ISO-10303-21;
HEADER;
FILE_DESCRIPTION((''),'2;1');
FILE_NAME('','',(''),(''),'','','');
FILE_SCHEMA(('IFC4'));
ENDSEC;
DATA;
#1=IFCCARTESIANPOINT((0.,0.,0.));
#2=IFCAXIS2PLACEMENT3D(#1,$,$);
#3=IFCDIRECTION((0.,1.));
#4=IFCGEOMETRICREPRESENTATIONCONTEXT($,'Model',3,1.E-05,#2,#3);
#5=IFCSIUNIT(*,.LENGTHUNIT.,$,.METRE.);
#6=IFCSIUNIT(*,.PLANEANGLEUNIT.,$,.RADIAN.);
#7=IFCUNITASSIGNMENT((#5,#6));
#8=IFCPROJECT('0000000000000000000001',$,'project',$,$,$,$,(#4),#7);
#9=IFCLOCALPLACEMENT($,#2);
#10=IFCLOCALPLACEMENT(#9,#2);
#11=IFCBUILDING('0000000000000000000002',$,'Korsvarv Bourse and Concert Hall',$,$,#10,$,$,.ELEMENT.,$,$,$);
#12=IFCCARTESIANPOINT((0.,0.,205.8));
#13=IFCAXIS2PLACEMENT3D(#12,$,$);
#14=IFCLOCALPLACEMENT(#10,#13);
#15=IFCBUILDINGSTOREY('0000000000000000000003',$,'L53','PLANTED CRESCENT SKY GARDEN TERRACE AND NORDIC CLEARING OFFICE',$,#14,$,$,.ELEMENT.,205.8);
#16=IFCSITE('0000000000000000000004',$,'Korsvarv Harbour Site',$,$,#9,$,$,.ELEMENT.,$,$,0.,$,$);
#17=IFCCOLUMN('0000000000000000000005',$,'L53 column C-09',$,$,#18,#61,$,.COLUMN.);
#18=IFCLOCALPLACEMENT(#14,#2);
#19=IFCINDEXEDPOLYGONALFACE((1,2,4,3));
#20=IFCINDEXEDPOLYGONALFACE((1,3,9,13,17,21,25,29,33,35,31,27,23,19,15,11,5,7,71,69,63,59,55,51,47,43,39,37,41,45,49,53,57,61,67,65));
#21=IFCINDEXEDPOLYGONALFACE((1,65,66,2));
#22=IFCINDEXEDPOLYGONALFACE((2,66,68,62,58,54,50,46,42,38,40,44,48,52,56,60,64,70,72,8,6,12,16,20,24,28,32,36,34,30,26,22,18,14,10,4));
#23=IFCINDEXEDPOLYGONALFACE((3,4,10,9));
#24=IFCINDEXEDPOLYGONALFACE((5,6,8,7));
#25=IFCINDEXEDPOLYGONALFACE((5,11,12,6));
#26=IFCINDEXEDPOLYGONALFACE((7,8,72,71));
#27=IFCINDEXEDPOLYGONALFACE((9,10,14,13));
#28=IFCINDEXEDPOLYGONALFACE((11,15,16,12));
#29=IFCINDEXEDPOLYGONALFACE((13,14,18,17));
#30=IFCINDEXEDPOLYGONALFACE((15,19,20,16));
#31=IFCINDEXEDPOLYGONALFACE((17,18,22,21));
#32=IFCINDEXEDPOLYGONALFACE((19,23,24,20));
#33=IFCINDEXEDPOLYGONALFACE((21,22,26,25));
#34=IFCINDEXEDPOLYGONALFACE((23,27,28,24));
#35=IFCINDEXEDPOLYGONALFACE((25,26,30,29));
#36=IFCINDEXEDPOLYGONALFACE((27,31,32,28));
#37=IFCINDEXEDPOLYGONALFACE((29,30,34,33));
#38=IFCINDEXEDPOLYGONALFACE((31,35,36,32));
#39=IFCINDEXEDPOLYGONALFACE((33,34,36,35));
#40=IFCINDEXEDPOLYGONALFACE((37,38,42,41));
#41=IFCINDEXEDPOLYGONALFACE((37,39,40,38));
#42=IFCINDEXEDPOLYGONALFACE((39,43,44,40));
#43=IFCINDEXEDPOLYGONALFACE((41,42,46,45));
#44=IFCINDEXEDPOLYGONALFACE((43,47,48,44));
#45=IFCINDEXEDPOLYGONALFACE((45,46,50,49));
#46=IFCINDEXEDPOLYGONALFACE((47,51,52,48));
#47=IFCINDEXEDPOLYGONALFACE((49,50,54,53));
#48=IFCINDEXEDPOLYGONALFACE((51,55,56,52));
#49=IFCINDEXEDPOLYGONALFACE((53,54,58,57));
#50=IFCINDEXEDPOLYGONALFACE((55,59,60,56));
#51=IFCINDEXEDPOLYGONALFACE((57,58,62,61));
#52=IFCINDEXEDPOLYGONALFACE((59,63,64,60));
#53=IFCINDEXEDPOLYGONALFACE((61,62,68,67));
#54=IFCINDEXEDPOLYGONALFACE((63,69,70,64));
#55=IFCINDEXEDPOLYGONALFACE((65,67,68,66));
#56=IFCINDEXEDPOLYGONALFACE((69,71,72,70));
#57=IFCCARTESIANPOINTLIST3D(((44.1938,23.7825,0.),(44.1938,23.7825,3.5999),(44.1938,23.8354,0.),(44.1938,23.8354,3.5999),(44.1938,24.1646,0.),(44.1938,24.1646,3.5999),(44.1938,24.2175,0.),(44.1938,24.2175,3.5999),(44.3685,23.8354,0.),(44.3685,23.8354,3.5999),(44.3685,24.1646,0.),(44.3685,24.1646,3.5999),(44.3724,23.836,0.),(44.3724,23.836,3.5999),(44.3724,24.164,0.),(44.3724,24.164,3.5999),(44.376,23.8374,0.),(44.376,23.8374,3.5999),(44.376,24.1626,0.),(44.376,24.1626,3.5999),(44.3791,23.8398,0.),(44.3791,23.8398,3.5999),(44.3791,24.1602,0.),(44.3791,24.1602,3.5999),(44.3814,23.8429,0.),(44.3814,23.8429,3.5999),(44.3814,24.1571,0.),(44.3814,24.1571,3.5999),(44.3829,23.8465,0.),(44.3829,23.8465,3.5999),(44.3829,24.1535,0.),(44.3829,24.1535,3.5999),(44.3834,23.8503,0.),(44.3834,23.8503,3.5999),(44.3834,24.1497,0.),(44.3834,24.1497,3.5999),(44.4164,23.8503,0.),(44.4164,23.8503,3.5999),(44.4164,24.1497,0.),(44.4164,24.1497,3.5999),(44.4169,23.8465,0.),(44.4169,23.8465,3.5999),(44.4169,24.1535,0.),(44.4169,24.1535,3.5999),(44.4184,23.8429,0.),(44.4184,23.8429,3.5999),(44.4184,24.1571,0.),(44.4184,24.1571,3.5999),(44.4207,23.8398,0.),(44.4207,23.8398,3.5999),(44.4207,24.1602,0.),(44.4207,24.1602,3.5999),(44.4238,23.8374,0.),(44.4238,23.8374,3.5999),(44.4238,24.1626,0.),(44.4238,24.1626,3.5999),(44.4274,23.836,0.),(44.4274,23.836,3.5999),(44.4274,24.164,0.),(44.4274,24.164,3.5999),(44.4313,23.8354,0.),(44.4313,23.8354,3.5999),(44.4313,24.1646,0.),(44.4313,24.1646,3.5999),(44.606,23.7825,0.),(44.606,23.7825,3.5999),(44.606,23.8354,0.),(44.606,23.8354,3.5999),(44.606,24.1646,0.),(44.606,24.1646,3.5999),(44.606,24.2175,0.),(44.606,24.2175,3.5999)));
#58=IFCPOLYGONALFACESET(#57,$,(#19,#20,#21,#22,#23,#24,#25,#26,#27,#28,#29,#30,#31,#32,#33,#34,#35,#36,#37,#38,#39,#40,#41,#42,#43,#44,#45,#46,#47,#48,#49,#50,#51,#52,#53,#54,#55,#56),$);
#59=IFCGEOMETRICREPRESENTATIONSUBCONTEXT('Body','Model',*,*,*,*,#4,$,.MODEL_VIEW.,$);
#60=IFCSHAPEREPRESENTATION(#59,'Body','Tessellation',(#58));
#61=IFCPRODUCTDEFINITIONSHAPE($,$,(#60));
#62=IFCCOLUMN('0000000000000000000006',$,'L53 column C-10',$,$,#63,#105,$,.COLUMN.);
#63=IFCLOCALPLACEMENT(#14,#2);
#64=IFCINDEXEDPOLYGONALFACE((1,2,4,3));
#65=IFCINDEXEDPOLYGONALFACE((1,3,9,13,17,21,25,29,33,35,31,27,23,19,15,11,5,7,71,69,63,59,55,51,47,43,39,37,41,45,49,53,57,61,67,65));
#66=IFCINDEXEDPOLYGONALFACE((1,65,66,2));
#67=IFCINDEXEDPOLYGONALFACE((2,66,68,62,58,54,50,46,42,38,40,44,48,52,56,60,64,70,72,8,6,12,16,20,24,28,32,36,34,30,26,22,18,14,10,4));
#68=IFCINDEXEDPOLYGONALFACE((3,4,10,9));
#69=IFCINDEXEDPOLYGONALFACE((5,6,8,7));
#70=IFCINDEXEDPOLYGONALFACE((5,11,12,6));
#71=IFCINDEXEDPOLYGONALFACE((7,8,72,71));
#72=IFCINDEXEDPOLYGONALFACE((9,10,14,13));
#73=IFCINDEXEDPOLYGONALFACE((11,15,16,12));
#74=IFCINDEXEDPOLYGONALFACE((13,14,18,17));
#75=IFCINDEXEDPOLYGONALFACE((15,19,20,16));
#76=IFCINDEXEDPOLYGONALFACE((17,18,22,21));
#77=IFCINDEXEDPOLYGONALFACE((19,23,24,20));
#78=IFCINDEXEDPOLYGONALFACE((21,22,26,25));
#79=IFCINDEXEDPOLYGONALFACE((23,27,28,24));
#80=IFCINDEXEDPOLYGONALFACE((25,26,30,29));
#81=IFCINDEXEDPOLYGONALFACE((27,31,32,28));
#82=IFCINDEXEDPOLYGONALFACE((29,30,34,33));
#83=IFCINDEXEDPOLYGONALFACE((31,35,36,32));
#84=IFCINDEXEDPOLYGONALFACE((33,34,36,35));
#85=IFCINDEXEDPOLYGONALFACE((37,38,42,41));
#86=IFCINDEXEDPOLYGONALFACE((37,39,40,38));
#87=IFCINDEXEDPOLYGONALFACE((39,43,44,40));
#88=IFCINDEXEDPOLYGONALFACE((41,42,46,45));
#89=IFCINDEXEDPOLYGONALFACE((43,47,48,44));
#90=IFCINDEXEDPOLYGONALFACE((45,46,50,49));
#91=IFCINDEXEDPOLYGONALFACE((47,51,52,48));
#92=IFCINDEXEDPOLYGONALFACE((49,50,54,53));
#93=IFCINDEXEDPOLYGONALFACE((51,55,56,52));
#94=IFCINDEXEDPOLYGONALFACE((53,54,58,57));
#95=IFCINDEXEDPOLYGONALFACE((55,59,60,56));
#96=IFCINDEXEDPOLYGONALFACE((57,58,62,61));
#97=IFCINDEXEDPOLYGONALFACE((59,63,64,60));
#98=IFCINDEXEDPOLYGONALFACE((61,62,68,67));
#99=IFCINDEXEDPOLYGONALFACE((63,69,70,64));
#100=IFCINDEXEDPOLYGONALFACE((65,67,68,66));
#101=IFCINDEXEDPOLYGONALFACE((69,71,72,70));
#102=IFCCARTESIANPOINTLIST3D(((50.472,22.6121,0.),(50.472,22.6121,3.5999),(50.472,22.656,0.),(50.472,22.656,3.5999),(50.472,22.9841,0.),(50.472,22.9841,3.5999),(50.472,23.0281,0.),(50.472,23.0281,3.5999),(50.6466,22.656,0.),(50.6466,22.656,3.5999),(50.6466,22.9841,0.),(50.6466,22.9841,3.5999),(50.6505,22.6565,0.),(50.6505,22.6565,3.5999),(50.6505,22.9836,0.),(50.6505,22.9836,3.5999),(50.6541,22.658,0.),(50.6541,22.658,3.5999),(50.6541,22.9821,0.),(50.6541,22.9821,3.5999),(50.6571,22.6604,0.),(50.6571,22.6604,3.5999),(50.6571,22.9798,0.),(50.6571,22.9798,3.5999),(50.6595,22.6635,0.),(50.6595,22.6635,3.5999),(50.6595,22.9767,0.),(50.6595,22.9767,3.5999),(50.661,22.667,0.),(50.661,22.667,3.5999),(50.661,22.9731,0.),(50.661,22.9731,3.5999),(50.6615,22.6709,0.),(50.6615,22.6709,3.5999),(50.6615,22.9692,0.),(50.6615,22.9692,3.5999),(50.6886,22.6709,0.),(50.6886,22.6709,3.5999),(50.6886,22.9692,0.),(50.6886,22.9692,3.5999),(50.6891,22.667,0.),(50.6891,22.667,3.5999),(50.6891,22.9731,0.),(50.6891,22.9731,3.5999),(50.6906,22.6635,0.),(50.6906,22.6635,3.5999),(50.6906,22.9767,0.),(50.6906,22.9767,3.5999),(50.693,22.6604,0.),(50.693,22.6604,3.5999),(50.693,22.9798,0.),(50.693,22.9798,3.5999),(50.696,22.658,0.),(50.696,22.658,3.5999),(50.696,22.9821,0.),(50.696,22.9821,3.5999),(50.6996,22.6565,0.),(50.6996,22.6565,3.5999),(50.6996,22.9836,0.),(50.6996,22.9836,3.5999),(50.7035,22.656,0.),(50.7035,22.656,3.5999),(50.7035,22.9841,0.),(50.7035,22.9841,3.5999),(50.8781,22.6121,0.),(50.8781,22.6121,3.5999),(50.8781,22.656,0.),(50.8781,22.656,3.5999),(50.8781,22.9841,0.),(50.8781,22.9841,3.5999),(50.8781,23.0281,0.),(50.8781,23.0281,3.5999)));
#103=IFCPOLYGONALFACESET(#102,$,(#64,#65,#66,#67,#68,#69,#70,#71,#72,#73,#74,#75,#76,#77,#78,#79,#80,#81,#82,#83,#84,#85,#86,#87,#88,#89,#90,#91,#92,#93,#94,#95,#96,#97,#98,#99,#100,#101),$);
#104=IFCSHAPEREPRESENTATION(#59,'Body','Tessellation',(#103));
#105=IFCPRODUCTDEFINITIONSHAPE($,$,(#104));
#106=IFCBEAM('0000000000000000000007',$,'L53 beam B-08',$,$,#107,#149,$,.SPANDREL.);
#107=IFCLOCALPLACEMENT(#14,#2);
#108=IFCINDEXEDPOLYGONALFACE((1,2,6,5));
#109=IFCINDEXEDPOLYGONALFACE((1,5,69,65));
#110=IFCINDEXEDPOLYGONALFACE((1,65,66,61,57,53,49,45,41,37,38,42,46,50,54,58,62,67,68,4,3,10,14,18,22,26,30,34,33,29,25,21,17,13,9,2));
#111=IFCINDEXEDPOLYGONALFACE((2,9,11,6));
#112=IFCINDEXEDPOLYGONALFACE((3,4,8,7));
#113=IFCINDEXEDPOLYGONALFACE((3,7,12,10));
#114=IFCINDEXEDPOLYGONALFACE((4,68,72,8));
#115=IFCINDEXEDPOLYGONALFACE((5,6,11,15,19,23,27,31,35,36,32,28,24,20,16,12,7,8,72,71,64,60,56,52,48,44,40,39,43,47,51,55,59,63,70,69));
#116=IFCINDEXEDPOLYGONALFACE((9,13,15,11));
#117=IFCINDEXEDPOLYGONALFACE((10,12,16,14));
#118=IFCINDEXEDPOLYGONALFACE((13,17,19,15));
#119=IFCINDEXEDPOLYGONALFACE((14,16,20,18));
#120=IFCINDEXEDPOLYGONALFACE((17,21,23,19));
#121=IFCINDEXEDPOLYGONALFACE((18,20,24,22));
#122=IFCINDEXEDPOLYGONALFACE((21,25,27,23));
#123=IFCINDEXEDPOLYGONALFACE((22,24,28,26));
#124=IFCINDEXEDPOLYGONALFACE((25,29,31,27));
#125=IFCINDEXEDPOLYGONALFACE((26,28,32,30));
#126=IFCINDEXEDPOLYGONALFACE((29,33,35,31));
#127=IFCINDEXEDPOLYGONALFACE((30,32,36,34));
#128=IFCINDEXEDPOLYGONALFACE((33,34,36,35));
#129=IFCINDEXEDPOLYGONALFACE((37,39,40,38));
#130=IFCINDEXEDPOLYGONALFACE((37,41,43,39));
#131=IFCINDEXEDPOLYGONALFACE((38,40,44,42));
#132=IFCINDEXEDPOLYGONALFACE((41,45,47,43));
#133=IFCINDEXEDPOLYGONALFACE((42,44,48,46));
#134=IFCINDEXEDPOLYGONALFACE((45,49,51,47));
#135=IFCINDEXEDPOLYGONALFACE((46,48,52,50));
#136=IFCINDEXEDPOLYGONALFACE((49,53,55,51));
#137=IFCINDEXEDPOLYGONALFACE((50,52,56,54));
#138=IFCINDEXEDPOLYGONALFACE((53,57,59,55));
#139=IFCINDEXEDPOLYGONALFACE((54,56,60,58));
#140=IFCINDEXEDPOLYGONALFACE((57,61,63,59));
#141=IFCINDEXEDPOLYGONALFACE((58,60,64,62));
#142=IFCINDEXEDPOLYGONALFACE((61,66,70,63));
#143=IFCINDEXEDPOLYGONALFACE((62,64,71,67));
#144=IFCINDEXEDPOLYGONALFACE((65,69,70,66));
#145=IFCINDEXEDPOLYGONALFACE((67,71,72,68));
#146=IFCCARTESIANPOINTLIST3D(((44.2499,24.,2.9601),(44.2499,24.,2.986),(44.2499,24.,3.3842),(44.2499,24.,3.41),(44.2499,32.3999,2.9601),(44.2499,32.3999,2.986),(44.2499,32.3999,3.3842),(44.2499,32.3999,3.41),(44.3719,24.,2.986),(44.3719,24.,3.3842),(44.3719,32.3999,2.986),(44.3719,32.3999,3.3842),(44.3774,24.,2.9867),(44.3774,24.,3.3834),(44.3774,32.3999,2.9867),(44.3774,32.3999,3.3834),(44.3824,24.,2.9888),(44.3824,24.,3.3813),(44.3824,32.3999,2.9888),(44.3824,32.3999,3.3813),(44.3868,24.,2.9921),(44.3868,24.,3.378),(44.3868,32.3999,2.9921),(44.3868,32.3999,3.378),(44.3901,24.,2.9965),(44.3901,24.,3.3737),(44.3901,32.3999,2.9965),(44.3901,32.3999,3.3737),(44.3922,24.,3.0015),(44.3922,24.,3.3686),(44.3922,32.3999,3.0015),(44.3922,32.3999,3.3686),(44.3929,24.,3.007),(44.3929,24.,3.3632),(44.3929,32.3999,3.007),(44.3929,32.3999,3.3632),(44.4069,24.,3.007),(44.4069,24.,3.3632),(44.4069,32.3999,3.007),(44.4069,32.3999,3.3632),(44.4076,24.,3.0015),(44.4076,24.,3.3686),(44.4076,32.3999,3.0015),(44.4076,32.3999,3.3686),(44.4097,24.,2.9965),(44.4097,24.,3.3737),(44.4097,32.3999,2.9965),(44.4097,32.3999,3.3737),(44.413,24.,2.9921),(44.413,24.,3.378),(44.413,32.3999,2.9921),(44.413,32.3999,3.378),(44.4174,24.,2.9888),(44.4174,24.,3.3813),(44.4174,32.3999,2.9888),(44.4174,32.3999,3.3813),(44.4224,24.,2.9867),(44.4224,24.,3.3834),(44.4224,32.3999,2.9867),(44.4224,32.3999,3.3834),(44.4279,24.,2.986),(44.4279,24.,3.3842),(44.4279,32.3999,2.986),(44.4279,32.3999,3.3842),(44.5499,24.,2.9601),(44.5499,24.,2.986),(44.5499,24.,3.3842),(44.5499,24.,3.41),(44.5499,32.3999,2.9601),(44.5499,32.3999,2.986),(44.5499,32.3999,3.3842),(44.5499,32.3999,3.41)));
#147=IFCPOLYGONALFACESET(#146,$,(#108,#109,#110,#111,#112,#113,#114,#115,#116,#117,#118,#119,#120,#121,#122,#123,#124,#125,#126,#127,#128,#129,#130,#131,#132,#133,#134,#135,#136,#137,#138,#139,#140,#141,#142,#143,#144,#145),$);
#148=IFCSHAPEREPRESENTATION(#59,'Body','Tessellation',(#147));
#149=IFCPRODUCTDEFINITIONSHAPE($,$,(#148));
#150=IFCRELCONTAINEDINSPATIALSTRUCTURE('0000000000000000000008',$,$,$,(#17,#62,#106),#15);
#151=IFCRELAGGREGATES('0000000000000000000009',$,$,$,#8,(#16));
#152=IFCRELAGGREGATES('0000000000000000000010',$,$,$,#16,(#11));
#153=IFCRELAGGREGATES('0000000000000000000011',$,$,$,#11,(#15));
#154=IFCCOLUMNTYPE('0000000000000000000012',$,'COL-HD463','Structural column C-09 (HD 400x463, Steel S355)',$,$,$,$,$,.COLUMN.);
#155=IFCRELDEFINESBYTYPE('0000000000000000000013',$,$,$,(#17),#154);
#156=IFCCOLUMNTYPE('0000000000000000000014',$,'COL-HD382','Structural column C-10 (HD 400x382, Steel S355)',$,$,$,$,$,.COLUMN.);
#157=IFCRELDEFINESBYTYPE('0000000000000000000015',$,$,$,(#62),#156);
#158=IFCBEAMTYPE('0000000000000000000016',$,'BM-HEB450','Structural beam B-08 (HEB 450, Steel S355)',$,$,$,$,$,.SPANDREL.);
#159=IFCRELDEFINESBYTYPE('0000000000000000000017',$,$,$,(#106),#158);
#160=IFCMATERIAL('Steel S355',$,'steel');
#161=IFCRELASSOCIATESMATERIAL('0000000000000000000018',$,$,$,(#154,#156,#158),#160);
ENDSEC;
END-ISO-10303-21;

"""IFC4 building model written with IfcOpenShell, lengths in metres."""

from ifc_helpers import new_model, si_unit, direction, frame, origin, origin_2d, place, context, subcontext, project, spatial, i_section, extrude, source, transform, mapped, material, material_profile, profile_set, type_object, element, save


model = new_model("IFC4")

# Units and contexts
model_context = context("Model", 3, precision=1e-05, world=origin(), true_north=direction((0.0, 1.0)))
body_context = subcontext(model_context, "Body", "Model", "MODEL_VIEW")
ifc_project = project(units=[si_unit("LENGTHUNIT", "METRE"), si_unit("PLANEANGLEUNIT", "RADIAN")], contexts=[model_context])

# Site, building, storey
site_placement = place(None, origin())
site = spatial("IfcSite", under=ifc_project, at=site_placement, Name="Korsvarv Harbour Site", CompositionType="ELEMENT", RefElevation=0.0)
building_placement = place(site_placement, origin())
building = spatial("IfcBuilding", under=site, at=building_placement, Name="Korsvarv Bourse and Concert Hall", CompositionType="ELEMENT")
storey_placement = place(building_placement, frame((0.0, 0.0, 205.8)))
storey = spatial("IfcBuildingStorey", under=building, at=storey_placement, Name="L53", Description="PLANTED CRESCENT SKY GARDEN TERRACE AND NORDIC CLEARING OFFICE", CompositionType="ELEMENT", Elevation=205.8)

# Columns
ifc_material_1 = material(Name="Steel S355", Category="steel")
ifc_material_profile_1 = material_profile(ifc_material_1, i_section(OverallWidth=0.4121, OverallDepth=0.4351, WebThickness=0.033, FlangeThickness=0.053, FilletRadius=0.0149, at=origin_2d()), Name="HD 400x463")
ifc_profile_set_1 = profile_set([ifc_material_profile_1], Name="Steel S355")
column_type_1 = type_object("IfcColumnType", Name="COL-HD463", Description="Structural column C-09 (HD 400x463, Steel S355)", PredefinedType="COLUMN", material=ifc_profile_set_1)
shared_shape_1 = source(origin(), body_context, "Body", "SweptSolid", [
    extrude(i_section(OverallWidth=0.4121, OverallDepth=0.4351, WebThickness=0.033, FlangeThickness=0.053, FilletRadius=0.0149, at=origin_2d()), origin(), (0.0, 0.0, 1.0), 3.5999),
])
column_1_placement = place(storey_placement, frame((44.3999, 24.0, 0.0), z_axis=(0.0, 0.0, 1.0), x_axis=(1.0, 0.0, 0.0)))
element("IfcColumn", 1, at=column_1_placement, inside=storey, type_object=column_type_1, Name="L53 column C-09", PredefinedType="COLUMN", context=body_context, shape_type="MappedRepresentation", body=[
    mapped(shared_shape_1, transform((0.0, 0.0, 0.0), scale=1.0)),
])
ifc_material_profile_2 = material_profile(ifc_material_1, i_section(OverallWidth=0.406, OverallDepth=0.416, WebThickness=0.0271, FlangeThickness=0.0439, FilletRadius=0.0149, at=origin_2d()), Name="HD 400x382")
ifc_profile_set_2 = profile_set([ifc_material_profile_2], Name="Steel S355")
column_type_2 = type_object("IfcColumnType", Name="COL-HD382", Description="Structural column C-10 (HD 400x382, Steel S355)", PredefinedType="COLUMN", material=ifc_profile_set_2)
shared_shape_2 = source(origin(), body_context, "Body", "SweptSolid", [
    extrude(i_section(OverallWidth=0.406, OverallDepth=0.416, WebThickness=0.0271, FlangeThickness=0.0439, FilletRadius=0.0149, at=origin_2d()), origin(), (0.0, 0.0, 1.0), 3.5999),
])
column_2_placement = place(storey_placement, frame((50.675, 22.8201, 0.0), z_axis=(0.0, 0.0, 1.0), x_axis=(1.0, 0.0, 0.0)))
element("IfcColumn", 2, at=column_2_placement, inside=storey, type_object=column_type_2, Name="L53 column C-10", PredefinedType="COLUMN", context=body_context, shape_type="MappedRepresentation", body=[
    mapped(shared_shape_2, transform((0.0, 0.0, 0.0), scale=1.0)),
])

# Beam
ifc_material_profile_3 = material_profile(ifc_material_1, i_section(OverallWidth=0.3, OverallDepth=0.45, WebThickness=0.0139, FlangeThickness=0.0259, FilletRadius=0.021, at=origin_2d()), Name="HEB 450")
ifc_profile_set_3 = profile_set([ifc_material_profile_3], Name="Steel S355")
beam_type_1 = type_object("IfcBeamType", Name="BM-HEB450", Description="Structural beam B-08 (HEB 450, Steel S355)", PredefinedType="SPANDREL", material=ifc_profile_set_3)
shared_shape_3 = source(origin(), body_context, "Body", "SweptSolid", [
    extrude(i_section(OverallWidth=0.3, OverallDepth=0.45, WebThickness=0.0139, FlangeThickness=0.0259, FilletRadius=0.021, at=origin_2d()), origin(), (0.0, 0.0, 1.0), 8.3999),
])
beam_1_placement = place(storey_placement, frame((44.3999, 24.0, 3.1851), z_axis=(0.0, 1.0, 0.0), x_axis=(-1.0, 0.0, 0.0)))
element("IfcBeam", 3, at=beam_1_placement, inside=storey, type_object=beam_type_1, Name="L53 beam B-08", PredefinedType="SPANDREL", context=body_context, shape_type="MappedRepresentation", body=[
    mapped(shared_shape_3, transform((0.0, 0.0, 0.0), scale=1.0)),
])

save(model, "model.ifc")
